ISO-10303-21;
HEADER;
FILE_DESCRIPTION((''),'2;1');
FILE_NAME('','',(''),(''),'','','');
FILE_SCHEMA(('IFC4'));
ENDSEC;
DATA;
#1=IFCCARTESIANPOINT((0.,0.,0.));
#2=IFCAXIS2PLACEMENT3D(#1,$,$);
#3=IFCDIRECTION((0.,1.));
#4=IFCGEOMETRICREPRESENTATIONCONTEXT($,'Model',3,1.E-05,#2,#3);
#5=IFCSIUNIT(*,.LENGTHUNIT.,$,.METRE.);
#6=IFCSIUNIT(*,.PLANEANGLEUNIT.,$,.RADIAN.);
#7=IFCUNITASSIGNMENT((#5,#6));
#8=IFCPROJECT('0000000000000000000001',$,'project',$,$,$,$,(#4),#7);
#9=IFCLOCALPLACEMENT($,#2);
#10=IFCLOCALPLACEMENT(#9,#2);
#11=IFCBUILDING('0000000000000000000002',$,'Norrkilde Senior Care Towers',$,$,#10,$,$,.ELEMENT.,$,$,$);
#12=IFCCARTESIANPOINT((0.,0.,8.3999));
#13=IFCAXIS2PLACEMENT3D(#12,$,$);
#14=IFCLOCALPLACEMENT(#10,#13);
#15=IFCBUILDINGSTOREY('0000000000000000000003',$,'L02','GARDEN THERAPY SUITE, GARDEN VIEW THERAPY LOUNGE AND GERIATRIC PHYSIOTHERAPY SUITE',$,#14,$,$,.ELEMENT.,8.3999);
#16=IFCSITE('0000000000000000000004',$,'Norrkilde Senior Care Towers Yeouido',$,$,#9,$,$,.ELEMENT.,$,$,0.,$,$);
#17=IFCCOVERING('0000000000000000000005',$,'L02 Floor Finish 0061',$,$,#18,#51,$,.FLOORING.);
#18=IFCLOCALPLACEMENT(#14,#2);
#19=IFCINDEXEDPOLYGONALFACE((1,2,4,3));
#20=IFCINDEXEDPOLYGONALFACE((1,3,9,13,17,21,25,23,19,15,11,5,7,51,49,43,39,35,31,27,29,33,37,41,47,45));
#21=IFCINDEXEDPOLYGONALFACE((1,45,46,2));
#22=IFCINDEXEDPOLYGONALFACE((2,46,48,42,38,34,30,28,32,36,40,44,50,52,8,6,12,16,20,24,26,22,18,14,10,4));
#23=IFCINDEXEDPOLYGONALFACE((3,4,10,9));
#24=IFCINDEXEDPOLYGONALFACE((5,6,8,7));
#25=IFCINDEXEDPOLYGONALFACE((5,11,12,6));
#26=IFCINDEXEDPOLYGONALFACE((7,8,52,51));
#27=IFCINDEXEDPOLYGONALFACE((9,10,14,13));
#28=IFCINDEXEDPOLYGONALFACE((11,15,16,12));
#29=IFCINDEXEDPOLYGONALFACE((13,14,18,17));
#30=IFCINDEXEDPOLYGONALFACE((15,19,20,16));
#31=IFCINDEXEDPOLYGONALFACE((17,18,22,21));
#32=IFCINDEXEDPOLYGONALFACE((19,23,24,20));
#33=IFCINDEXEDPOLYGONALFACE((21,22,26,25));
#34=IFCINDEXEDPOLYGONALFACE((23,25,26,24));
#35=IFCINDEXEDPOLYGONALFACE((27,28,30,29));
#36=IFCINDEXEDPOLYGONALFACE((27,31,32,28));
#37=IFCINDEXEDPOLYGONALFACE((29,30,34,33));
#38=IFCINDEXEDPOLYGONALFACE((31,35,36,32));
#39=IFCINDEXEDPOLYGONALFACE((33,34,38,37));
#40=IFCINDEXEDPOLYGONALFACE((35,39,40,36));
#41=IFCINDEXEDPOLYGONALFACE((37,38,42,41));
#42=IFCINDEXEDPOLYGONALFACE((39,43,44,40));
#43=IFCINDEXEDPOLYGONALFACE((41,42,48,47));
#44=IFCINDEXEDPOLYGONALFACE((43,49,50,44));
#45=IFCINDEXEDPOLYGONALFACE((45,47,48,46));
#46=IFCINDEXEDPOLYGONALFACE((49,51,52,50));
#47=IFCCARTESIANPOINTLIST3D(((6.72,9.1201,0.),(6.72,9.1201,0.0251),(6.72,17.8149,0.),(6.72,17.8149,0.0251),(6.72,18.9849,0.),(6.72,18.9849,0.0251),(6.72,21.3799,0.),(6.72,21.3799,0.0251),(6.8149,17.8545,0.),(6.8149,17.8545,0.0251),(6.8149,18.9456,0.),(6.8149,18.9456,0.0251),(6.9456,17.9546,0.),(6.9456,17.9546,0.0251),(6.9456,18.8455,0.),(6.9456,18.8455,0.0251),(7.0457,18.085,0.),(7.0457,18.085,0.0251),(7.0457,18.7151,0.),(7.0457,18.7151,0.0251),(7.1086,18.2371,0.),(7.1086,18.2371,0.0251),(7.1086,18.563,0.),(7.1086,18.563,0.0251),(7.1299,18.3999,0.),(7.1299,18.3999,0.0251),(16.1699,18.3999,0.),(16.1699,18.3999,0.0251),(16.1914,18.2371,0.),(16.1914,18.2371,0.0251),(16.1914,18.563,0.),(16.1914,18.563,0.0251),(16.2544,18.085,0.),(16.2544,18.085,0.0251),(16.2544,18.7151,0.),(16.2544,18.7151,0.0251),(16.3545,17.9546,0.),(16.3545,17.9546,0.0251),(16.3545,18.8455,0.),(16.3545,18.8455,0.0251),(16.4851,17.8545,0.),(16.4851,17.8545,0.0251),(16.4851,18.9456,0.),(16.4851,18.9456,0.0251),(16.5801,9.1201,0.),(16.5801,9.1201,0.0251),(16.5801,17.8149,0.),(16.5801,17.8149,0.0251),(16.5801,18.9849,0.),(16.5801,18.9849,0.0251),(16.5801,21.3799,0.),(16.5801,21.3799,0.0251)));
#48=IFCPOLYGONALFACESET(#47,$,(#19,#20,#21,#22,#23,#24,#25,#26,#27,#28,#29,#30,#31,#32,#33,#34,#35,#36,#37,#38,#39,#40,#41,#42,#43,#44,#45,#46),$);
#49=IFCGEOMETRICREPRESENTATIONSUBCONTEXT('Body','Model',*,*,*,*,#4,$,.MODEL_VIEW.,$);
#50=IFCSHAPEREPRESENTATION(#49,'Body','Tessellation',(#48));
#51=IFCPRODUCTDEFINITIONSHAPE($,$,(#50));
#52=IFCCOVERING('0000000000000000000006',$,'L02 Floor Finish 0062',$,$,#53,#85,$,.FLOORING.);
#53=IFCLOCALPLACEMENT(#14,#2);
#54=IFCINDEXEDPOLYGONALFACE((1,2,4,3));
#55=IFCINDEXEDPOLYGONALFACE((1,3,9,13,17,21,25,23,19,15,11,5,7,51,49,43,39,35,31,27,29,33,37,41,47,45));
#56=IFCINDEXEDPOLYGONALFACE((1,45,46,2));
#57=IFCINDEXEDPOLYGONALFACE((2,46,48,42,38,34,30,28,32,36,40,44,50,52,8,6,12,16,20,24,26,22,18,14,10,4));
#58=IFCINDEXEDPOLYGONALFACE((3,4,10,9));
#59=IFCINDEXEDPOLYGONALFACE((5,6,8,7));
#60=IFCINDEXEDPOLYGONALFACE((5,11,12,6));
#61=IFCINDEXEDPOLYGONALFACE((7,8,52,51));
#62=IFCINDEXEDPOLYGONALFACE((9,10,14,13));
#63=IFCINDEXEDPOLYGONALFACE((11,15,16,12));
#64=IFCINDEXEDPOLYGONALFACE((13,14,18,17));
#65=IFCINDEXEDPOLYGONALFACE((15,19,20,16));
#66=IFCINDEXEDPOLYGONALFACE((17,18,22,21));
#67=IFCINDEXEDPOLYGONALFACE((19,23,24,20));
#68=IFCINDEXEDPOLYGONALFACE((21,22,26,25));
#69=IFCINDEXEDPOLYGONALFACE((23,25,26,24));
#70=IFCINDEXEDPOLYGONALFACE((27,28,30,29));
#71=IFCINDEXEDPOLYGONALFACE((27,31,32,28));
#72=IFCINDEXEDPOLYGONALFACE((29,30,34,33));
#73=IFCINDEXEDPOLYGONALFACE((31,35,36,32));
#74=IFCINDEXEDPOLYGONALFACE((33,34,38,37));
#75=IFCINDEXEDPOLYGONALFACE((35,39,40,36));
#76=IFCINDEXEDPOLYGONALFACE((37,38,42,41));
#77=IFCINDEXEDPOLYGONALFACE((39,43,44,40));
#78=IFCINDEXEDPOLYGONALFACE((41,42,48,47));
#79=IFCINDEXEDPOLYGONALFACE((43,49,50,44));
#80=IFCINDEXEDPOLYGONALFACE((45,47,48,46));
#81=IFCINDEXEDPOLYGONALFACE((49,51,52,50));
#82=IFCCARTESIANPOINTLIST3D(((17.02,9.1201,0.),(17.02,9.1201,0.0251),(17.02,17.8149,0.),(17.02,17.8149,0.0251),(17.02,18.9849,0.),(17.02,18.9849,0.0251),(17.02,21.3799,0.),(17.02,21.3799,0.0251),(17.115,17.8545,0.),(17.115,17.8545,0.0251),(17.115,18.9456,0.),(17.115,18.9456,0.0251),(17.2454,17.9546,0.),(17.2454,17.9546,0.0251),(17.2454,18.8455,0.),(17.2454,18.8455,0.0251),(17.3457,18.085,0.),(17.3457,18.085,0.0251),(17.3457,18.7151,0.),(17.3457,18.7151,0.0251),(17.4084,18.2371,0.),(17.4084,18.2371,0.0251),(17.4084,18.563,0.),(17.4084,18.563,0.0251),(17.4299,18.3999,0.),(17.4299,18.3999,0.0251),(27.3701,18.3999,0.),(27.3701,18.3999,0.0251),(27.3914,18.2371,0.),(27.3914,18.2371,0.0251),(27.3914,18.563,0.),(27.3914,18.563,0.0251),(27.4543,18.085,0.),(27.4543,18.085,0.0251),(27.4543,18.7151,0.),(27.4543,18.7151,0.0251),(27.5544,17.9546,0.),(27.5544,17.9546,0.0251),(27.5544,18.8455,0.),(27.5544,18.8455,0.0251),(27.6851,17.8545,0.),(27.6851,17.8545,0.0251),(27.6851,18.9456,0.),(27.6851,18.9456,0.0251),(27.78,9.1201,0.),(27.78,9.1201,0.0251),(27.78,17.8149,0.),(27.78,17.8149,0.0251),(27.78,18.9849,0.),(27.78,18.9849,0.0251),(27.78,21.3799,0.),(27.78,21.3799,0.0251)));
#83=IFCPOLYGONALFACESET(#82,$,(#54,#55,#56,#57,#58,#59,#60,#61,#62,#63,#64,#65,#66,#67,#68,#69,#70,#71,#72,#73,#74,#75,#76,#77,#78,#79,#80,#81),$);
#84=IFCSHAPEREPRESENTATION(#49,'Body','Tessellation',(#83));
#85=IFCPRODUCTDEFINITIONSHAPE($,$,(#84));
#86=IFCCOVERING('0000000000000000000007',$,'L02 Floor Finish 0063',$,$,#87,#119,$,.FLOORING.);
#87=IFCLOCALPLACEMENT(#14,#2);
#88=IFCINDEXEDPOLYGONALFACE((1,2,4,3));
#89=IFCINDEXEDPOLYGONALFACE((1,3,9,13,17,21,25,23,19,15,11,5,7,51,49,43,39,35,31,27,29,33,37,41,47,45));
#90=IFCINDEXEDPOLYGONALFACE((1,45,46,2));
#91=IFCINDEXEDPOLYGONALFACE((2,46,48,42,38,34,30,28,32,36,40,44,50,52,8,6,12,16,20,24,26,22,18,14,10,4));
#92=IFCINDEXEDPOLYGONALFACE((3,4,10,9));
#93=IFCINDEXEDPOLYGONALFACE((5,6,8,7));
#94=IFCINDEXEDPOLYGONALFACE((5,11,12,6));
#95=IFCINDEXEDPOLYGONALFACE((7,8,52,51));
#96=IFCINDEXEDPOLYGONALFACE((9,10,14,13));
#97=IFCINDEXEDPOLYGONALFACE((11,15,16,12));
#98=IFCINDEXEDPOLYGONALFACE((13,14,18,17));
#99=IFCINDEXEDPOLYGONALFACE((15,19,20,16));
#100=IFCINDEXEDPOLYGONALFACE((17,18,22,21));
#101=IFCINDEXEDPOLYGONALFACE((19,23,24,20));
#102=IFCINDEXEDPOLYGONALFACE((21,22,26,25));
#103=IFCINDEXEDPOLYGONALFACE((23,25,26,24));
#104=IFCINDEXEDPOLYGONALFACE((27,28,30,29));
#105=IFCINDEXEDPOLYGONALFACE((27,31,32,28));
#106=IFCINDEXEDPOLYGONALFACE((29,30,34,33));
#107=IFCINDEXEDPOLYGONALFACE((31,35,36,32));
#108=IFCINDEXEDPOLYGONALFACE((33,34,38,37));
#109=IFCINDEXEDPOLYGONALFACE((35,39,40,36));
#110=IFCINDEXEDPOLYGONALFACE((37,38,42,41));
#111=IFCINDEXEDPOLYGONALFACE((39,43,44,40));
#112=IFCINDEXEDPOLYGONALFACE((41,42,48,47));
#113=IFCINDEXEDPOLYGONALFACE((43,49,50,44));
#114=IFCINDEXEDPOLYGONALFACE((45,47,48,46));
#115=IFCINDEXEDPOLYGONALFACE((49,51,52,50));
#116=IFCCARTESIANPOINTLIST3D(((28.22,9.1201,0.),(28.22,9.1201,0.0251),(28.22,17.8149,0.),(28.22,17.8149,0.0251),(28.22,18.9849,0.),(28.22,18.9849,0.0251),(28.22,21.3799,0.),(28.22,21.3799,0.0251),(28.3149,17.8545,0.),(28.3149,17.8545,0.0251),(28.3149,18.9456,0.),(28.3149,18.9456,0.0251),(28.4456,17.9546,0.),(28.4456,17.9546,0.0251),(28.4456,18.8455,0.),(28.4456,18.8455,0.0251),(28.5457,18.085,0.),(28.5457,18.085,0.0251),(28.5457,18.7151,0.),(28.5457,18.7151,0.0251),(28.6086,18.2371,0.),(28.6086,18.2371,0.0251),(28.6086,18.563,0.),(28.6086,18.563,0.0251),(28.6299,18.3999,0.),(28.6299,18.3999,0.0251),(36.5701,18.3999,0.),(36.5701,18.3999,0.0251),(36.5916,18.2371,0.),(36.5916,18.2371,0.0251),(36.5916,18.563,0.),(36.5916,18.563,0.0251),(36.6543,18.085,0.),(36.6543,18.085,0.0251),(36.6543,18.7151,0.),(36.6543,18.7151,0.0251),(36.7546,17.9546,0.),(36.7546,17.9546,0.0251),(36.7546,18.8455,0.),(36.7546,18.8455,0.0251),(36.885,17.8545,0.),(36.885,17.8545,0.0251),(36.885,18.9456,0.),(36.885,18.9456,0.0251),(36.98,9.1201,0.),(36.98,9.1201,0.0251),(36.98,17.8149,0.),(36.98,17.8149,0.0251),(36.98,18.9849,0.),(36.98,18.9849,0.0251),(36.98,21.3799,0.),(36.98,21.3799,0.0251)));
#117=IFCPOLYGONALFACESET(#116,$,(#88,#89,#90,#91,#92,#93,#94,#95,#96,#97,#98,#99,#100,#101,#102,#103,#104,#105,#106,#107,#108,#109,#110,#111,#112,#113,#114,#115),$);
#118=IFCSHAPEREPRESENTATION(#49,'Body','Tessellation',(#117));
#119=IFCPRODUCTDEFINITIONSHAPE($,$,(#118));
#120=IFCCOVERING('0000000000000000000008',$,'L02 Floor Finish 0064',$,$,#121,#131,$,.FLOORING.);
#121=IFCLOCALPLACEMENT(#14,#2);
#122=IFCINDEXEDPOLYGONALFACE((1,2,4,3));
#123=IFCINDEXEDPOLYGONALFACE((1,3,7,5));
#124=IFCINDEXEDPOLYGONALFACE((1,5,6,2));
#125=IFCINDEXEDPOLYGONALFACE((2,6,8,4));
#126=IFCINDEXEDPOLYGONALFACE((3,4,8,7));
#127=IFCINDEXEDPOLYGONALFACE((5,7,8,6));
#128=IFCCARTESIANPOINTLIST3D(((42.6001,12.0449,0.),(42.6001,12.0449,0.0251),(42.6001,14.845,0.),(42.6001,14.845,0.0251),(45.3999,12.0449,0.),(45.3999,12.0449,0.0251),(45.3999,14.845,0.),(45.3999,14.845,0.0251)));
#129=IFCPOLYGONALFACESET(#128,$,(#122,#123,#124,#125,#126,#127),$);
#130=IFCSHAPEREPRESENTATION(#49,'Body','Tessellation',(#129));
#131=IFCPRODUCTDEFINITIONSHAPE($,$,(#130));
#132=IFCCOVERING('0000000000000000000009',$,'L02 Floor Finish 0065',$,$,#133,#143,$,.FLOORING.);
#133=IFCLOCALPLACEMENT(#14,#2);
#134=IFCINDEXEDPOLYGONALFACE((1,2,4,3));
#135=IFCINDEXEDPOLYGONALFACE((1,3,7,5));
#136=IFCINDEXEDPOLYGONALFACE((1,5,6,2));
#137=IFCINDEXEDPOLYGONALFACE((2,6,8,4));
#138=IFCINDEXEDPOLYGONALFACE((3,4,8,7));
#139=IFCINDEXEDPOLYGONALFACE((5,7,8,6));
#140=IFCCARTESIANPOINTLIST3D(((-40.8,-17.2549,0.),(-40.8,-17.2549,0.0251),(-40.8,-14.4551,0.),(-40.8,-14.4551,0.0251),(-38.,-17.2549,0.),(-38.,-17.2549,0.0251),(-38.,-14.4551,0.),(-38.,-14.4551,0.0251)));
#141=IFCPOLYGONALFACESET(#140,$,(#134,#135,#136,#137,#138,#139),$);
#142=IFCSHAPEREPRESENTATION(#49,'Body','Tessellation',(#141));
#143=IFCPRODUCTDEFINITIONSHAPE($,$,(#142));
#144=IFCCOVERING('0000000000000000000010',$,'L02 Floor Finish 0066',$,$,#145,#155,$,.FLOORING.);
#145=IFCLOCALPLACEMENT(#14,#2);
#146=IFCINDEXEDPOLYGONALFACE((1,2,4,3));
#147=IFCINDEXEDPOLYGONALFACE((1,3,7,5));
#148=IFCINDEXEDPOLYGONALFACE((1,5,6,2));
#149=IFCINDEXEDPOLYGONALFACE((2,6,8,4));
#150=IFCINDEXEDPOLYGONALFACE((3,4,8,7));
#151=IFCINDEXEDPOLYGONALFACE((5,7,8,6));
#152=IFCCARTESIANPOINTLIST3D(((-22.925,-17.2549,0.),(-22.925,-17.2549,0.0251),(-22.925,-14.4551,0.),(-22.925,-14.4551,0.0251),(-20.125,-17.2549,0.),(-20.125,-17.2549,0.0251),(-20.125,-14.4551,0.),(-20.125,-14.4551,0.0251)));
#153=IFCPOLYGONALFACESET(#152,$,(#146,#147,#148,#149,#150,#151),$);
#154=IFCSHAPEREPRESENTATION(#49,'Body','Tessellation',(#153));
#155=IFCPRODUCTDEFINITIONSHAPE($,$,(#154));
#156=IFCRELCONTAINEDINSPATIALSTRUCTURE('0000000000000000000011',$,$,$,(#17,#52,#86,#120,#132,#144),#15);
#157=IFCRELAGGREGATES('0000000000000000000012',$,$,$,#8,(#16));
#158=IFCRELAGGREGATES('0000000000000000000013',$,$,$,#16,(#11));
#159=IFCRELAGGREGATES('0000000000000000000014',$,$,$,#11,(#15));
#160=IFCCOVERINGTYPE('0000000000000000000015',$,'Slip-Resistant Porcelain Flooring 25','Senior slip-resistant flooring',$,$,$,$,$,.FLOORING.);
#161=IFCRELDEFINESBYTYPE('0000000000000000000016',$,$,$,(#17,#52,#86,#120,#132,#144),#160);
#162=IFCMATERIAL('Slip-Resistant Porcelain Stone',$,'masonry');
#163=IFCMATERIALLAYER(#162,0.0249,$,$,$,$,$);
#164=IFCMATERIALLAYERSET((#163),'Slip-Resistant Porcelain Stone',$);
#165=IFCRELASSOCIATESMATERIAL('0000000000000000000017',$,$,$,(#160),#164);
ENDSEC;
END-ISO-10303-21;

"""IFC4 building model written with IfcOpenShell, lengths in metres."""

from ifc_helpers import new_model, si_unit, direction, frame, origin, place, context, subcontext, project, spatial, polyline, outline, extrude, material, layer, layer_set, type_object, element, save


model = new_model("IFC4")

# Units and contexts
model_context = context("Model", 3, precision=1e-05, world=origin(), true_north=direction((0.0, 1.0)))
body_context = subcontext(model_context, "Body", "Model", "MODEL_VIEW")
ifc_project = project(units=[si_unit("LENGTHUNIT", "METRE"), si_unit("PLANEANGLEUNIT", "RADIAN")], contexts=[model_context])

# Site, building, storey
site_placement = place(None, origin())
site = spatial("IfcSite", under=ifc_project, at=site_placement, Name="Norrkilde Senior Care Towers Yeouido", CompositionType="ELEMENT", RefElevation=0.0)
building_placement = place(site_placement, origin())
building = spatial("IfcBuilding", under=site, at=building_placement, Name="Norrkilde Senior Care Towers", CompositionType="ELEMENT")
storey_placement = place(building_placement, frame((0.0, 0.0, 8.3999)))
storey = spatial("IfcBuildingStorey", under=building, at=storey_placement, Name="L02", Description="GARDEN THERAPY SUITE, GARDEN VIEW THERAPY LOUNGE AND GERIATRIC PHYSIOTHERAPY SUITE", CompositionType="ELEMENT", Elevation=8.3999)

# Coverings
ifc_material_1 = material(Name="Slip-Resistant Porcelain Stone", Category="masonry")
ifc_layer_1 = layer(ifc_material_1, 0.0249)
ifc_layer_set_1 = layer_set([ifc_layer_1], Name="Slip-Resistant Porcelain Stone")
covering_type_1 = type_object("IfcCoveringType", Name="Slip-Resistant Porcelain Flooring 25", Description="Senior slip-resistant flooring", PredefinedType="FLOORING", material=ifc_layer_set_1)
covering_1_placement = place(storey_placement, origin())
element("IfcCovering", 1, at=covering_1_placement, inside=storey, type_object=covering_type_1, Name="L02 Floor Finish 0061", PredefinedType="FLOORING", context=body_context, shape_type="SweptSolid", body=[
    extrude(outline(polyline([(6.72, 9.1201), (6.72, 17.8149), (6.8149, 17.8545), (6.9456, 17.9546), (7.0457, 18.085), (7.1086, 18.2371), (7.1299, 18.3999), (7.1086, 18.563), (7.0457, 18.7151), (6.9456, 18.8455), (6.8149, 18.9456), (6.72, 18.9849), (6.72, 21.3799), (16.5801, 21.3799), (16.5801, 18.9849), (16.4851, 18.9456), (16.3545, 18.8455), (16.2544, 18.7151), (16.1914, 18.563), (16.1699, 18.3999), (16.1914, 18.2371), (16.2544, 18.085), (16.3545, 17.9546), (16.4851, 17.8545), (16.5801, 17.8149), (16.5801, 9.1201), (6.72, 9.1201)])), origin(), (0.0, 0.0, 1.0), 0.0251),
])
covering_2_placement = place(storey_placement, origin())
element("IfcCovering", 2, at=covering_2_placement, inside=storey, type_object=covering_type_1, Name="L02 Floor Finish 0062", PredefinedType="FLOORING", context=body_context, shape_type="SweptSolid", body=[
    extrude(outline(polyline([(17.02, 9.1201), (17.02, 17.8149), (17.115, 17.8545), (17.2454, 17.9546), (17.3457, 18.085), (17.4084, 18.2371), (17.4299, 18.3999), (17.4084, 18.563), (17.3457, 18.7151), (17.2454, 18.8455), (17.115, 18.9456), (17.02, 18.9849), (17.02, 21.3799), (27.78, 21.3799), (27.78, 18.9849), (27.6851, 18.9456), (27.5544, 18.8455), (27.4543, 18.7151), (27.3914, 18.563), (27.3701, 18.3999), (27.3914, 18.2371), (27.4543, 18.085), (27.5544, 17.9546), (27.6851, 17.8545), (27.78, 17.8149), (27.78, 9.1201), (17.02, 9.1201)])), origin(), (0.0, 0.0, 1.0), 0.0251),
])
covering_3_placement = place(storey_placement, origin())
element("IfcCovering", 3, at=covering_3_placement, inside=storey, type_object=covering_type_1, Name="L02 Floor Finish 0063", PredefinedType="FLOORING", context=body_context, shape_type="SweptSolid", body=[
    extrude(outline(polyline([(28.22, 9.1201), (28.22, 17.8149), (28.3149, 17.8545), (28.4456, 17.9546), (28.5457, 18.085), (28.6086, 18.2371), (28.6299, 18.3999), (28.6086, 18.563), (28.5457, 18.7151), (28.4456, 18.8455), (28.3149, 18.9456), (28.22, 18.9849), (28.22, 21.3799), (36.98, 21.3799), (36.98, 18.9849), (36.885, 18.9456), (36.7546, 18.8455), (36.6543, 18.7151), (36.5916, 18.563), (36.5701, 18.3999), (36.5916, 18.2371), (36.6543, 18.085), (36.7546, 17.9546), (36.885, 17.8545), (36.98, 17.8149), (36.98, 9.1201), (28.22, 9.1201)])), origin(), (0.0, 0.0, 1.0), 0.0251),
])
covering_4_placement = place(storey_placement, origin())
element("IfcCovering", 4, at=covering_4_placement, inside=storey, type_object=covering_type_1, Name="L02 Floor Finish 0064", PredefinedType="FLOORING", context=body_context, shape_type="SweptSolid", body=[
    extrude(outline(polyline([(42.6001, 12.0449), (42.6001, 14.845), (45.3999, 14.845), (45.3999, 12.0449), (42.6001, 12.0449)])), origin(), (0.0, 0.0, 1.0), 0.0251),
])
covering_5_placement = place(storey_placement, origin())
element("IfcCovering", 5, at=covering_5_placement, inside=storey, type_object=covering_type_1, Name="L02 Floor Finish 0065", PredefinedType="FLOORING", context=body_context, shape_type="SweptSolid", body=[
    extrude(outline(polyline([(-40.8, -17.2549), (-40.8, -14.4551), (-38.0, -14.4551), (-38.0, -17.2549), (-40.8, -17.2549)])), origin(), (0.0, 0.0, 1.0), 0.0251),
])
covering_6_placement = place(storey_placement, origin())
element("IfcCovering", 6, at=covering_6_placement, inside=storey, type_object=covering_type_1, Name="L02 Floor Finish 0066", PredefinedType="FLOORING", context=body_context, shape_type="SweptSolid", body=[
    extrude(outline(polyline([(-22.925, -17.2549), (-22.925, -14.4551), (-20.125, -14.4551), (-20.125, -17.2549), (-22.925, -17.2549)])), origin(), (0.0, 0.0, 1.0), 0.0251),
])

save(model, "model.ifc")
